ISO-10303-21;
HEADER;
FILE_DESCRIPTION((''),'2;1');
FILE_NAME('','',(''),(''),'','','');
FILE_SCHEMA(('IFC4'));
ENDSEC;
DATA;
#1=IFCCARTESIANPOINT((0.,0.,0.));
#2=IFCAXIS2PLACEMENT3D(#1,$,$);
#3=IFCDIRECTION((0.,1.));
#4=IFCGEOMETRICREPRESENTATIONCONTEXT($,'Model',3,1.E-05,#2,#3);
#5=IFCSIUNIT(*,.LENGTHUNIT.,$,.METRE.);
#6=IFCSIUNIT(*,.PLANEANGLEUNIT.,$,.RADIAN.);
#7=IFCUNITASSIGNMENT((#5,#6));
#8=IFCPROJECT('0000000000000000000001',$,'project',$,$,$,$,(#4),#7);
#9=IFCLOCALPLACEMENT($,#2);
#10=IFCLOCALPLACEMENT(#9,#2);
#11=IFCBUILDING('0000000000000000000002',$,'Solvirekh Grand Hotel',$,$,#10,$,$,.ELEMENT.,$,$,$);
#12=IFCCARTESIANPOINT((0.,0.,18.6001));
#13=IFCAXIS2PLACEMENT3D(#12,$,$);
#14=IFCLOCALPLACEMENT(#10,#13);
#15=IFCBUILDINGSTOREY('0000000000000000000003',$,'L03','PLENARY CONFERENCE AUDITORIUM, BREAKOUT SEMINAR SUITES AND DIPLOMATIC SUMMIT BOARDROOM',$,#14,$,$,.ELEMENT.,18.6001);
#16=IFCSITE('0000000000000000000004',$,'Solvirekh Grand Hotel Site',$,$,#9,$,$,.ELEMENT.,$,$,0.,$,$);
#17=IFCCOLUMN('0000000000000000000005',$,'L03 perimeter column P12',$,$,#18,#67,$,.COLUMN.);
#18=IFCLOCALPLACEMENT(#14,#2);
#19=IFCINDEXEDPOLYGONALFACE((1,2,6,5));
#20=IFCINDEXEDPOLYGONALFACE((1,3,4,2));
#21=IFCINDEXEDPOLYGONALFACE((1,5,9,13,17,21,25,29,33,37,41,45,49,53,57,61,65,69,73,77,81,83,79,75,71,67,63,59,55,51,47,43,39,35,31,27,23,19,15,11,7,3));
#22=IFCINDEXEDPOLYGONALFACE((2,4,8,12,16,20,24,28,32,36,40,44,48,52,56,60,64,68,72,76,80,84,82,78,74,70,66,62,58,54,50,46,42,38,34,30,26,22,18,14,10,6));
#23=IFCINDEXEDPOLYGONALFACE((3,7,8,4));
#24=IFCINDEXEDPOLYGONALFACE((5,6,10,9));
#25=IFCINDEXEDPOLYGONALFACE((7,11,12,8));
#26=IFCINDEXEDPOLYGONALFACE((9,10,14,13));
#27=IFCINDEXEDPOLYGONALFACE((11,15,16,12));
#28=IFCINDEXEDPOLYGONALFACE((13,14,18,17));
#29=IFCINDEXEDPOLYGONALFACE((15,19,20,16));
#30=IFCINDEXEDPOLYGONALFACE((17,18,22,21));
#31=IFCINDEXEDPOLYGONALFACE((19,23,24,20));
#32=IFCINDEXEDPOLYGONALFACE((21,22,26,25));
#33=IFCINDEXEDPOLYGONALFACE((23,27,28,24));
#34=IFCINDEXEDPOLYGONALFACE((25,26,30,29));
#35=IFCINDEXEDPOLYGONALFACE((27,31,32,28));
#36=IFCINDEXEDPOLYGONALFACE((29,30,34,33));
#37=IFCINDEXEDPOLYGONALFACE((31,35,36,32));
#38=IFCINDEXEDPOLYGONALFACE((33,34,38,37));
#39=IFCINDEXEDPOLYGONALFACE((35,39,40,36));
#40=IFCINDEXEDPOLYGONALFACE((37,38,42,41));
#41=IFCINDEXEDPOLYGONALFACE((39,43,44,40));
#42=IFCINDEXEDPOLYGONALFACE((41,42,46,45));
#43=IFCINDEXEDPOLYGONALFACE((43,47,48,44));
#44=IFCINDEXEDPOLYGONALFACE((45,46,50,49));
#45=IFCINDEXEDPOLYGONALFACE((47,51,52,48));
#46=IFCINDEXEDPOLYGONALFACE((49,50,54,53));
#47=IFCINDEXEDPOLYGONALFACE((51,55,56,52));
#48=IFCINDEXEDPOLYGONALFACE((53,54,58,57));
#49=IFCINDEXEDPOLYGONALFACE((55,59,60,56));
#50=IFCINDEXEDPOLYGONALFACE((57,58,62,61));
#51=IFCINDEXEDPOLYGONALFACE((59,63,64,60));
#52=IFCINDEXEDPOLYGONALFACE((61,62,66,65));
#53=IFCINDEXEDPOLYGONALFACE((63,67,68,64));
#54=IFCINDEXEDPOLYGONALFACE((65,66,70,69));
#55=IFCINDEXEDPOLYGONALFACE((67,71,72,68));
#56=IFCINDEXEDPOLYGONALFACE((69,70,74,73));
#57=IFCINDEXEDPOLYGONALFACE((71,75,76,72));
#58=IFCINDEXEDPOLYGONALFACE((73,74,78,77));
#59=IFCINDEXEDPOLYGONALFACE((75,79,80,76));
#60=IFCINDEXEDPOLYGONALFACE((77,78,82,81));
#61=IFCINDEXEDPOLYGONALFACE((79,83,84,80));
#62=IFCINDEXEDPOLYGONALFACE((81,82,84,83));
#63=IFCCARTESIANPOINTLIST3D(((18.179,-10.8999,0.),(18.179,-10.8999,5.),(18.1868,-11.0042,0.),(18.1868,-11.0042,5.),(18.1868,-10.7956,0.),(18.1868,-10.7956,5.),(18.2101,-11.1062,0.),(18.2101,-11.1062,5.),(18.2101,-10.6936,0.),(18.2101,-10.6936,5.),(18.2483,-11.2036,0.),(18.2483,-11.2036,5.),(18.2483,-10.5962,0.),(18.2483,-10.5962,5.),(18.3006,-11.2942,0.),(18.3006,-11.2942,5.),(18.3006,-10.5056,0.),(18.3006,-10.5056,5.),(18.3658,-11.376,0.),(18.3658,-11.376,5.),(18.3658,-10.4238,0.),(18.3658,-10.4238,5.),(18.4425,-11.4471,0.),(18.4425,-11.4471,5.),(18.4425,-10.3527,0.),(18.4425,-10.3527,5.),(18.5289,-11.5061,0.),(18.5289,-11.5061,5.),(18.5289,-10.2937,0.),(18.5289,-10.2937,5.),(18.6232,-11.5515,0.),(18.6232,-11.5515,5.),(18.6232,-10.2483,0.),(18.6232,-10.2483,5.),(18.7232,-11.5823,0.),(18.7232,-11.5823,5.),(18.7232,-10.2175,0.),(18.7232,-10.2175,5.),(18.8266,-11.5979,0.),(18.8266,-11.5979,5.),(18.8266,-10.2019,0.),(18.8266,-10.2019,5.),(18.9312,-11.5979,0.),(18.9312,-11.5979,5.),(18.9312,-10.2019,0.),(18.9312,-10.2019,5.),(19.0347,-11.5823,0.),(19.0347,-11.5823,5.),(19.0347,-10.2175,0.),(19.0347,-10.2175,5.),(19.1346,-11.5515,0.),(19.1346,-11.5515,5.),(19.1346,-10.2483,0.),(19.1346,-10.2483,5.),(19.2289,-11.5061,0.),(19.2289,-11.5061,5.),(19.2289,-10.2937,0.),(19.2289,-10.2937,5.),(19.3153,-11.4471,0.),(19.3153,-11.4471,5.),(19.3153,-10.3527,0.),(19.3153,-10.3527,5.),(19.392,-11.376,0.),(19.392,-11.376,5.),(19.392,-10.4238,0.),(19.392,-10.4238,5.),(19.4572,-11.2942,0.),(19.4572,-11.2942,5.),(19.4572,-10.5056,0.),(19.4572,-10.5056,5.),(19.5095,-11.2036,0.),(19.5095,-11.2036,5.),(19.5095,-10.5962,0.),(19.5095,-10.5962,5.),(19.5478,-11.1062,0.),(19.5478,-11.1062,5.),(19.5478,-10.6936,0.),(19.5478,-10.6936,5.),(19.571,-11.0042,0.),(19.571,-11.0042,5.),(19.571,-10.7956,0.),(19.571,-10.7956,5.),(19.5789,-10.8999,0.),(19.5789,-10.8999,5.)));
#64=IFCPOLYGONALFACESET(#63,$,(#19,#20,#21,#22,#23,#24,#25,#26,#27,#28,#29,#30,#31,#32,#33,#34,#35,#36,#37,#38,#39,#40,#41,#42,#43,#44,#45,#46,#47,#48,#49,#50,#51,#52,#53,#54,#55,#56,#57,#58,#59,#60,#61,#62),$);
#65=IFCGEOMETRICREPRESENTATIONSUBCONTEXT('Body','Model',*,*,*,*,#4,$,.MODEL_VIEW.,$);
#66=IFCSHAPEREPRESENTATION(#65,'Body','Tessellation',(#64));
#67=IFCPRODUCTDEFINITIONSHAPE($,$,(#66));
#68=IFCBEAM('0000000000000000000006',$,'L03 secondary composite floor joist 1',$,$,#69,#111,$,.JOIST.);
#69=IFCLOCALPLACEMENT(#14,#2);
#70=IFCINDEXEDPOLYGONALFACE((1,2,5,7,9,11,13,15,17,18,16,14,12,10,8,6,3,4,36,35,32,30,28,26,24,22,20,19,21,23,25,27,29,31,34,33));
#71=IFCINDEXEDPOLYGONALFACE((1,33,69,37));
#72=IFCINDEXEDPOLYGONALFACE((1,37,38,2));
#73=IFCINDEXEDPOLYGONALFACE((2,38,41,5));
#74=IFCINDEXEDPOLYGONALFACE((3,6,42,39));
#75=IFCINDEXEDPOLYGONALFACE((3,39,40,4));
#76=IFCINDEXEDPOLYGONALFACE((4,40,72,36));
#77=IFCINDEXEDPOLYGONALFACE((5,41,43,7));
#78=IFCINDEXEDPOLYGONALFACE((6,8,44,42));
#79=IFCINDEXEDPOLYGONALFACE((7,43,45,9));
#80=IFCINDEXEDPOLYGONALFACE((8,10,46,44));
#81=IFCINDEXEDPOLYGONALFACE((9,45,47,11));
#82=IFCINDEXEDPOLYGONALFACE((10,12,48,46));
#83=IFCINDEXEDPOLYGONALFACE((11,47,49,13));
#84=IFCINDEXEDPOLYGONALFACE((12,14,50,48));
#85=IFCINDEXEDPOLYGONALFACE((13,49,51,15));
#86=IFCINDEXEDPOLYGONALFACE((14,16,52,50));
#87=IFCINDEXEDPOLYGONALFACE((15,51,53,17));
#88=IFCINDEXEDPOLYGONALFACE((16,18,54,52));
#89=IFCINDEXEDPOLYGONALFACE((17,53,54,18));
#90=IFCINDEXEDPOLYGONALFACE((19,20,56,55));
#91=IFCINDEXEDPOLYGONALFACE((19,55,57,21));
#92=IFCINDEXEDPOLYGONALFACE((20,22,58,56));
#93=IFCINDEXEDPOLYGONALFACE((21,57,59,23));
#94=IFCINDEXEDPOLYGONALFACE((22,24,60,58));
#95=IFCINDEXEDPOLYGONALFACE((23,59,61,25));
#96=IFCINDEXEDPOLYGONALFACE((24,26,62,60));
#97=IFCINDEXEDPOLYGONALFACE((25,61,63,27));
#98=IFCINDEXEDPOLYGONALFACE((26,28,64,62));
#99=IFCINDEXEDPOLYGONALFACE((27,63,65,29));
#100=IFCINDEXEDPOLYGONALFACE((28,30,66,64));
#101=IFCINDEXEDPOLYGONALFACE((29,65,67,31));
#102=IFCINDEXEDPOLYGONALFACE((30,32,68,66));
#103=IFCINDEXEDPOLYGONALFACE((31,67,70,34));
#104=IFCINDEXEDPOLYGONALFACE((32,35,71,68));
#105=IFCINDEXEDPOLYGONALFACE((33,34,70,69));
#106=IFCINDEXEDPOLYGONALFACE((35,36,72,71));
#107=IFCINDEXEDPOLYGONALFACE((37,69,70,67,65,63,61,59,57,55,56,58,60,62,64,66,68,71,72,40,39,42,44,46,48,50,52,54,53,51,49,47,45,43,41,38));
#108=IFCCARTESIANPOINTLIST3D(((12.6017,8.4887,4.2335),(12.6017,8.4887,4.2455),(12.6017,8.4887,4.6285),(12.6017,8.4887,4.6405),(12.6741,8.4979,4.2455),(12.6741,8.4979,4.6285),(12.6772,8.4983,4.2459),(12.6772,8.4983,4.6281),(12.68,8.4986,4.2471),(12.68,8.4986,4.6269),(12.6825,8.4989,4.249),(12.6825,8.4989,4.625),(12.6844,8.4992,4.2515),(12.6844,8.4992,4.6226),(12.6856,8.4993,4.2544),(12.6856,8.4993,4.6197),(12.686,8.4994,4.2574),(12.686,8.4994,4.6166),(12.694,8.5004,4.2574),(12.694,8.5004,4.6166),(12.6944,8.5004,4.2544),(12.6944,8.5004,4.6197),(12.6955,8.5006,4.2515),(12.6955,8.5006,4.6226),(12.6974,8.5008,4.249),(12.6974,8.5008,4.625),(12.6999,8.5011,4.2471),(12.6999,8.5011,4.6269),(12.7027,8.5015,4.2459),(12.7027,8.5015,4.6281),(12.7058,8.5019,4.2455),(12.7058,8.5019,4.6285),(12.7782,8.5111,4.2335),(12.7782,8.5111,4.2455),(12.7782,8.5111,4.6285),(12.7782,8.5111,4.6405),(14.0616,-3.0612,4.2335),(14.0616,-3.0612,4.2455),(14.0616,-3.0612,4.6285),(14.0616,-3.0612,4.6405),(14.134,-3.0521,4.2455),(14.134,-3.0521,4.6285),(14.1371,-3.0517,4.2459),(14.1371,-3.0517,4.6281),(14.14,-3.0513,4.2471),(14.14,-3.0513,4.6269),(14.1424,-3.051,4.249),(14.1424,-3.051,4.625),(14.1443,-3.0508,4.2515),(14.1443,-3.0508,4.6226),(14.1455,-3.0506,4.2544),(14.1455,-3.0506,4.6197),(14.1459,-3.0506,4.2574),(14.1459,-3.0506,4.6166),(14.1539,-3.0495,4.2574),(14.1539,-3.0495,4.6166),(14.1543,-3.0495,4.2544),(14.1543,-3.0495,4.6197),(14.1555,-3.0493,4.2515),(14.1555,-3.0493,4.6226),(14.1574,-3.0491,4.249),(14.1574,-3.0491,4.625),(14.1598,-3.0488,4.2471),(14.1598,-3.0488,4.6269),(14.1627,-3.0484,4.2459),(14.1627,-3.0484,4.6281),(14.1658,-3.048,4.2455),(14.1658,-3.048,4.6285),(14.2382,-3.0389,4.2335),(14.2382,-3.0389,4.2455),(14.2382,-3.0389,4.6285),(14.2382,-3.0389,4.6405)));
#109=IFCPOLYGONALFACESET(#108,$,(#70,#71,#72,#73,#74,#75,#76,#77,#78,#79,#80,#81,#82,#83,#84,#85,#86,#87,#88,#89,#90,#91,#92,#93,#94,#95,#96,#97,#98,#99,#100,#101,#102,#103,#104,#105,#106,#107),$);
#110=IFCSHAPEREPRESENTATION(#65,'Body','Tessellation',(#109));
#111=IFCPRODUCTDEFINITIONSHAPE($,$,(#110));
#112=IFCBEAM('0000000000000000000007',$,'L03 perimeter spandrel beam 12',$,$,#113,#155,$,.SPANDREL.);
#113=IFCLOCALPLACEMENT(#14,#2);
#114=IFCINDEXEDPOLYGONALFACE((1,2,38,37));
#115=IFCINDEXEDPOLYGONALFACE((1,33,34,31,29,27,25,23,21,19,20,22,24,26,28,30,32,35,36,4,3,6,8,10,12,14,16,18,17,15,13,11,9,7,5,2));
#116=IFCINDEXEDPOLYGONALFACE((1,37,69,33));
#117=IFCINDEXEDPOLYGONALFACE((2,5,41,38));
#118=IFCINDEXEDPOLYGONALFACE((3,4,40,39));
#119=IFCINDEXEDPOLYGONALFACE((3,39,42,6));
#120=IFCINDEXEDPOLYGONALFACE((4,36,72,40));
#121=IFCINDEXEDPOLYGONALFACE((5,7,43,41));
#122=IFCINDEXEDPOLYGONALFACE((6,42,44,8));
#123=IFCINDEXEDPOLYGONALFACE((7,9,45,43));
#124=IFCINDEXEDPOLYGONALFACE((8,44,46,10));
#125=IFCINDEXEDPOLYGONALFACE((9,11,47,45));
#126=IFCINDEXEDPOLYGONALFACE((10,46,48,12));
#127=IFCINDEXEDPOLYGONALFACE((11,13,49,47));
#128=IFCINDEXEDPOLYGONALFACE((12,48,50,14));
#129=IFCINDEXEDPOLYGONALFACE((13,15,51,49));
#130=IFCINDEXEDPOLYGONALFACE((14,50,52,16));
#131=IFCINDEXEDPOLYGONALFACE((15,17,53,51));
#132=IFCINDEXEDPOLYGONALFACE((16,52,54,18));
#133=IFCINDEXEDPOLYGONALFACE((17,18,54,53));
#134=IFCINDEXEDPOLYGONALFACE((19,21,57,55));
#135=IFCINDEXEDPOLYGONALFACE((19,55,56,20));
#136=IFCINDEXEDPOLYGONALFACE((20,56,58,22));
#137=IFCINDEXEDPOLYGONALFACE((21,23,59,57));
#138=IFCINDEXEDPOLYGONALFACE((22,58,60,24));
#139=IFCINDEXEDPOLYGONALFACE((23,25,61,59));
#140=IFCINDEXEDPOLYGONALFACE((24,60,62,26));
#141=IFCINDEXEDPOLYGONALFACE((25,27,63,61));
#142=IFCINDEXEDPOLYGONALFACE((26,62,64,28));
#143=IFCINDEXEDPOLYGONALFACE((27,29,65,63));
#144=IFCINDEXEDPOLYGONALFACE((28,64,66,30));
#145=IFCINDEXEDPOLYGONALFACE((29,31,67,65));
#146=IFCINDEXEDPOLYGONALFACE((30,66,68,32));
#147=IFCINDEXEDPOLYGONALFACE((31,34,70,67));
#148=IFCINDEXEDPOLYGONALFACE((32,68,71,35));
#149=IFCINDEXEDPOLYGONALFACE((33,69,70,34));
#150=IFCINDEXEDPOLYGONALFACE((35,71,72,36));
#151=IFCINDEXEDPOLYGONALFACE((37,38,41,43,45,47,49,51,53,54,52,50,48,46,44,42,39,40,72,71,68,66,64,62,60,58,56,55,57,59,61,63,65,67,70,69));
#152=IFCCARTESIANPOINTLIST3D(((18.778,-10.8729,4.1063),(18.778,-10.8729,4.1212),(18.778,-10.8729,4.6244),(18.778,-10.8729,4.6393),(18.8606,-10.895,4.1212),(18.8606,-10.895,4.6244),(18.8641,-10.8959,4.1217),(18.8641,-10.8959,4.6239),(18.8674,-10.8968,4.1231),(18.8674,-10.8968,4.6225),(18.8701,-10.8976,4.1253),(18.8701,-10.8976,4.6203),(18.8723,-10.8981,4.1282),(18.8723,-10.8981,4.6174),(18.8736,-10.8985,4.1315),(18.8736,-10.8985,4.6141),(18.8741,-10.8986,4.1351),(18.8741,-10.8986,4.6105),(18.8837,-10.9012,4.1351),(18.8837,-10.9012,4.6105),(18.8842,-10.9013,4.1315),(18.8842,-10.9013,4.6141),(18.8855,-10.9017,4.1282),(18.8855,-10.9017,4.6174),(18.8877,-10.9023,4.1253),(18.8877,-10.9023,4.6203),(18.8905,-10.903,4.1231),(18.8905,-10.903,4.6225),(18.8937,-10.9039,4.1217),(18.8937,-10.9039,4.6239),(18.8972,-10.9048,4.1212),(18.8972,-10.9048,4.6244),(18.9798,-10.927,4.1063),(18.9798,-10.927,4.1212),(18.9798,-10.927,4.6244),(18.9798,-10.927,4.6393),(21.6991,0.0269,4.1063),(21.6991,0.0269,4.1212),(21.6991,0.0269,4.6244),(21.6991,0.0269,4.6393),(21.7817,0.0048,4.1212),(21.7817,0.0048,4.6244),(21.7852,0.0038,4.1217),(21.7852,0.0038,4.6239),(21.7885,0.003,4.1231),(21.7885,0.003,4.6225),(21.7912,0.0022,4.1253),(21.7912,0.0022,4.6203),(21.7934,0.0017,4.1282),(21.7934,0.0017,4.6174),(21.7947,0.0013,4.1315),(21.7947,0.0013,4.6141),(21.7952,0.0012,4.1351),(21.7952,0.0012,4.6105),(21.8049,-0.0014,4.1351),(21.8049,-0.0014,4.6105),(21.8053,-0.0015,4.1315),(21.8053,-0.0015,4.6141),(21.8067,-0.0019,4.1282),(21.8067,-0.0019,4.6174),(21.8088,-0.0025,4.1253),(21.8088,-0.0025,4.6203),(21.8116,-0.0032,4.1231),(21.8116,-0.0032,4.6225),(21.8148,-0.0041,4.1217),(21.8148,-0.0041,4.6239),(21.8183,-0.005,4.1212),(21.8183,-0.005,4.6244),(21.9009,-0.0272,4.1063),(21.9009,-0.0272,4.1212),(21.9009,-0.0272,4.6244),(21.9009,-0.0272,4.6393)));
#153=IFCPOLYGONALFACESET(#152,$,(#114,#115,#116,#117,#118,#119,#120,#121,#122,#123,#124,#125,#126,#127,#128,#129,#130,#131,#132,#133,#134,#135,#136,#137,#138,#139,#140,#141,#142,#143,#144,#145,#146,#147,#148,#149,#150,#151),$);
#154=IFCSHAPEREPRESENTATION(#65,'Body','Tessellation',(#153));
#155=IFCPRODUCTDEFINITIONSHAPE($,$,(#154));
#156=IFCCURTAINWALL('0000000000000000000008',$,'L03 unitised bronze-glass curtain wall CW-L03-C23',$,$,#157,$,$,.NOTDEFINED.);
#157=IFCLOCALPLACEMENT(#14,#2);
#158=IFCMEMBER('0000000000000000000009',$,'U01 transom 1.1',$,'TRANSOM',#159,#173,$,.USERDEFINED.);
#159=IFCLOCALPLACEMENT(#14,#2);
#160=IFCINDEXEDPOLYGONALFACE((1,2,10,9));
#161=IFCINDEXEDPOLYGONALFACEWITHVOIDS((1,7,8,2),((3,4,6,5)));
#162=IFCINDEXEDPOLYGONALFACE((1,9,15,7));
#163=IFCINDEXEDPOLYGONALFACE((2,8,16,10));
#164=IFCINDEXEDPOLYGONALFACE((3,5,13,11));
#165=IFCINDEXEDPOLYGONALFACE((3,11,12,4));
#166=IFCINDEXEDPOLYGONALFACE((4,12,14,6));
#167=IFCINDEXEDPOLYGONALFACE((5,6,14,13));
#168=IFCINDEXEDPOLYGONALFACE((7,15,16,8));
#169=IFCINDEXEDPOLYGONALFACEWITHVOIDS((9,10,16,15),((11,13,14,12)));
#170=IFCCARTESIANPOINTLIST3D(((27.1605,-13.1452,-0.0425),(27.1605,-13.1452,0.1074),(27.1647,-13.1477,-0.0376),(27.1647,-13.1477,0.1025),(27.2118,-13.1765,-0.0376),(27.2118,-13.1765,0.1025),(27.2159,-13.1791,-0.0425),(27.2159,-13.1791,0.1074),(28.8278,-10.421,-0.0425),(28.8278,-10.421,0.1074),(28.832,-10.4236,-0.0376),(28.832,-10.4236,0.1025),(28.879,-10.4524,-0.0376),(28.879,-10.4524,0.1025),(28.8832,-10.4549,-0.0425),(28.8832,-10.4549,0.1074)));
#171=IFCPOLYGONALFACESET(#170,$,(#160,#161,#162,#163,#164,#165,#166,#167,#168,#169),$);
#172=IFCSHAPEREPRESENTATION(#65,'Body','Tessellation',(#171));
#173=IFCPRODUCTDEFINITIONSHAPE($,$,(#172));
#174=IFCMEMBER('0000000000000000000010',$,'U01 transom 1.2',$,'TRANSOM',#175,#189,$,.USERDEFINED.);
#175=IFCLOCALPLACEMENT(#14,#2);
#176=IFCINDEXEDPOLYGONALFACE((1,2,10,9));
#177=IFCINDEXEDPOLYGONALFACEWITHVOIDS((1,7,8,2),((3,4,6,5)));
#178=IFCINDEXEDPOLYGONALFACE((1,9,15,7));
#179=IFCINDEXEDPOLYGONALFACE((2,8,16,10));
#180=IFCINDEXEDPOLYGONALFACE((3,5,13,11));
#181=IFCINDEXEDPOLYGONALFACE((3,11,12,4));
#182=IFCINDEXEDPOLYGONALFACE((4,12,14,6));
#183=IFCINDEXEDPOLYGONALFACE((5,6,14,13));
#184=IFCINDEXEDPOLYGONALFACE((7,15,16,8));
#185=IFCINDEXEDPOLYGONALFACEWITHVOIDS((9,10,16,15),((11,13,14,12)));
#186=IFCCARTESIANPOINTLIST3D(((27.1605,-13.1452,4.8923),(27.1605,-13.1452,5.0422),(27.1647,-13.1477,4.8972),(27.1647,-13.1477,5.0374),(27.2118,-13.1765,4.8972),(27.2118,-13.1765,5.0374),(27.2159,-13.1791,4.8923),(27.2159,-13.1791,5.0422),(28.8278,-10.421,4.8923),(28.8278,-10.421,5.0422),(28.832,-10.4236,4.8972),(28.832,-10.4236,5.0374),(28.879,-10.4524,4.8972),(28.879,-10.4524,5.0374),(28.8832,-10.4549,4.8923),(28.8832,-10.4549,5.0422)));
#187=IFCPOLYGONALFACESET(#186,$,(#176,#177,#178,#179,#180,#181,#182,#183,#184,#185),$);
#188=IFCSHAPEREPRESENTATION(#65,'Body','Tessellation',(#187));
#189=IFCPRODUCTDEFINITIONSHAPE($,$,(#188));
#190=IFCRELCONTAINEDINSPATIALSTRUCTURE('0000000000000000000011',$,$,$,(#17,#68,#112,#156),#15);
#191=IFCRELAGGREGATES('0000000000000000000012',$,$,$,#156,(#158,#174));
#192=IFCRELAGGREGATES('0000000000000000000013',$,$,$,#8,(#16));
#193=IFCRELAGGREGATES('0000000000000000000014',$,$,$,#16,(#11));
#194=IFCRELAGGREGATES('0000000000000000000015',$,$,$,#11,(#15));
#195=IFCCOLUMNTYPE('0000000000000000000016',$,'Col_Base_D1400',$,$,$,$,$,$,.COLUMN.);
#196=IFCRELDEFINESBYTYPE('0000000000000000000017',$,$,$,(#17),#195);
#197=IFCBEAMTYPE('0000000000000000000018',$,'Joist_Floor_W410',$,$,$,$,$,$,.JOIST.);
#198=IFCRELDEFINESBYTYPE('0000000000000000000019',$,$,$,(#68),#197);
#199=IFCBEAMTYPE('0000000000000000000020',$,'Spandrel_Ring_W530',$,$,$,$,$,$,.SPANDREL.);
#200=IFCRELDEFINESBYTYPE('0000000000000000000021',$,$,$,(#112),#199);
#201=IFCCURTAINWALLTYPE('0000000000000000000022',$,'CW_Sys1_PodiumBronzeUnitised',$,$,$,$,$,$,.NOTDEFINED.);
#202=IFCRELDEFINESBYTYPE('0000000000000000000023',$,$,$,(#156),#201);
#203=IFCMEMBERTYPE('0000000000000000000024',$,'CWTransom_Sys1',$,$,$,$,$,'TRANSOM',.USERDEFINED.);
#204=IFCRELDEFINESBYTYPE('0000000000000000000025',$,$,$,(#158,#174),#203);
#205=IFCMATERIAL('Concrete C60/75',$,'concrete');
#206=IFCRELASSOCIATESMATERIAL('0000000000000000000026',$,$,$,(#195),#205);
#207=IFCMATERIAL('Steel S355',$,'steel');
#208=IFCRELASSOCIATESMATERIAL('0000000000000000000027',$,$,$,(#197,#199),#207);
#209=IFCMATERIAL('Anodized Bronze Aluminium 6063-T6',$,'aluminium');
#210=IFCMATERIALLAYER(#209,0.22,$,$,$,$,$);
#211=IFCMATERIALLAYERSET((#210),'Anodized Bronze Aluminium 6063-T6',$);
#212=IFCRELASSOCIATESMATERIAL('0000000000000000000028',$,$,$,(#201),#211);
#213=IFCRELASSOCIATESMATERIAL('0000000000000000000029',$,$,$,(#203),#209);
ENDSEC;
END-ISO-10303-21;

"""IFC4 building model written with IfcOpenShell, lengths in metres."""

from ifc_helpers import new_model, si_unit, direction, frame, origin, origin_2d, place, context, subcontext, project, spatial, hollow_rectangle, circle, i_section, extrude, source, transform, mapped, material, layer, layer_set, material_profile, profile_set, type_object, element, aggregate, save


model = new_model("IFC4")

# Units and contexts
model_context = context("Model", 3, precision=1e-05, world=origin(), true_north=direction((0.0, 1.0)))
body_context = subcontext(model_context, "Body", "Model", "MODEL_VIEW")
ifc_project = project(units=[si_unit("LENGTHUNIT", "METRE"), si_unit("PLANEANGLEUNIT", "RADIAN")], contexts=[model_context])

# Site, building, storey
site_placement = place(None, origin())
site = spatial("IfcSite", under=ifc_project, at=site_placement, Name="Solvirekh Grand Hotel Site", CompositionType="ELEMENT", RefElevation=0.0)
building_placement = place(site_placement, origin())
building = spatial("IfcBuilding", under=site, at=building_placement, Name="Solvirekh Grand Hotel", CompositionType="ELEMENT")
storey_placement = place(building_placement, frame((0.0, 0.0, 18.6001)))
storey = spatial("IfcBuildingStorey", under=building, at=storey_placement, Name="L03", Description="PLENARY CONFERENCE AUDITORIUM, BREAKOUT SEMINAR SUITES AND DIPLOMATIC SUMMIT BOARDROOM", CompositionType="ELEMENT", Elevation=18.6001)

# Column
ifc_material_1 = material(Name="Concrete C60/75", Category="concrete")
ifc_material_profile_1 = material_profile(ifc_material_1, circle(Radius=0.7, at=origin_2d()), Name="RC CIRC D1400")
ifc_profile_set_1 = profile_set([ifc_material_profile_1], Name="Concrete C60/75")
column_type = type_object("IfcColumnType", Name="Col_Base_D1400", PredefinedType="COLUMN", material=ifc_profile_set_1)
column_placement = place(storey_placement, frame((18.8789, -10.8999, 0.0), z_axis=(0.0, 0.0, 1.0), x_axis=(1.0, 0.0, 0.0)))
element("IfcColumn", 1, at=column_placement, inside=storey, type_object=column_type, Name="L03 perimeter column P12", PredefinedType="COLUMN", context=body_context, shape_type="SweptSolid", body=[
    extrude(circle(Radius=0.7, at=origin_2d()), origin(), (0.0, 0.0, 1.0), 5.0),
])

# Beams
ifc_material_2 = material(Name="Steel S355", Category="steel")
ifc_material_profile_2 = material_profile(ifc_material_2, i_section(OverallWidth=0.178, OverallDepth=0.407, WebThickness=0.0081, FlangeThickness=0.012, FilletRadius=0.012, at=origin_2d()), Name="W410X60")
ifc_profile_set_2 = profile_set([ifc_material_profile_2], Name="Steel S355")
beam_type_1 = type_object("IfcBeamType", Name="Joist_Floor_W410", PredefinedType="JOIST", material=ifc_profile_set_2)
beam_1_placement = place(storey_placement, frame((14.1499, -3.05, 4.437), z_axis=(-0.125405, 0.992106, 0.0), x_axis=(-0.992106, -0.125405, 0.0)))
element("IfcBeam", 2, at=beam_1_placement, inside=storey, type_object=beam_type_1, Name="L03 secondary composite floor joist 1", PredefinedType="JOIST", context=body_context, shape_type="SweptSolid", body=[
    extrude(i_section(OverallWidth=0.178, OverallDepth=0.407, WebThickness=0.0081, FlangeThickness=0.012, FilletRadius=0.012, at=origin_2d()), origin(), (0.0, 0.0, 1.0), 11.6418),
])
ifc_material_profile_3 = material_profile(ifc_material_2, i_section(OverallWidth=0.209, OverallDepth=0.533, WebThickness=0.01, FlangeThickness=0.0149, FilletRadius=0.0139, at=origin_2d()), Name="W530X92")
ifc_profile_set_3 = profile_set([ifc_material_profile_3], Name="Steel S355")
beam_type_2 = type_object("IfcBeamType", Name="Spandrel_Ring_W530", PredefinedType="SPANDREL", material=ifc_profile_set_3)
beam_2_placement = place(storey_placement, frame((18.8789, -10.8999, 4.3728), z_axis=(0.258862, 0.965914, 0.0), x_axis=(-0.965914, 0.258862, 0.0)))
element("IfcBeam", 3, at=beam_2_placement, inside=storey, type_object=beam_type_2, Name="L03 perimeter spandrel beam 12", PredefinedType="SPANDREL", context=body_context, shape_type="SweptSolid", body=[
    extrude(i_section(OverallWidth=0.209, OverallDepth=0.533, WebThickness=0.01, FlangeThickness=0.0149, FilletRadius=0.0139, at=origin_2d()), origin(), (0.0, 0.0, 1.0), 11.2844),
])

# Curtain wall, members
ifc_material_3 = material(Name="Anodized Bronze Aluminium 6063-T6", Category="aluminium")
ifc_layer_1 = layer(ifc_material_3, 0.22)
ifc_layer_set_1 = layer_set([ifc_layer_1], Name="Anodized Bronze Aluminium 6063-T6")
curtain_wall_type = type_object("IfcCurtainWallType", Name="CW_Sys1_PodiumBronzeUnitised", PredefinedType="NOTDEFINED", material=ifc_layer_set_1)
curtain_wall_1_placement = place(storey_placement, origin())
curtain_wall_1 = element("IfcCurtainWall", 4, at=curtain_wall_1_placement, inside=storey, type_object=curtain_wall_type, Name="L03 unitised bronze-glass curtain wall CW-L03-C23", PredefinedType="NOTDEFINED")
ifc_material_profile_4 = material_profile(ifc_material_3, hollow_rectangle(XDim=0.0649, YDim=0.1499, WallThickness=0.0049, at=origin_2d()), Name="ALU RHS 150X65X5")
ifc_profile_set_4 = profile_set([ifc_material_profile_4], Name="Anodized Bronze Aluminium 6063-T6")
member_type_1 = type_object("IfcMemberType", Name="CWTransom_Sys1", ElementType="TRANSOM", PredefinedType="USERDEFINED", material=ifc_profile_set_4)
shared_shape_1 = source(origin(), body_context, "Body", "SweptSolid", [
    extrude(hollow_rectangle(XDim=0.0649, YDim=0.1499, WallThickness=0.0049, at=origin_2d()), origin(), (0.0, 0.0, 1.0), 3.1938),
])
member_1_placement = place(storey_placement, frame((27.1882, -13.1621, 0.0325), z_axis=(0.522019, 0.852934, 0.0), x_axis=(-0.852934, 0.522019, 0.0)))
member_1 = element("IfcMember", 5, at=member_1_placement, type_object=member_type_1, Name="U01 transom 1.1", ObjectType="TRANSOM", PredefinedType="USERDEFINED", context=body_context, shape_type="MappedRepresentation", body=[
    mapped(shared_shape_1, transform((0.0, 0.0, 0.0), x_axis=(1.0, 0.0, 0.0), y_axis=(0.0, 1.0, 0.0), z_axis=(0.0, 0.0, 1.0), scale=1.0)),
])
member_2_placement = place(storey_placement, frame((27.1882, -13.1621, 4.9673), z_axis=(0.522019, 0.852934, 0.0), x_axis=(-0.852934, 0.522019, 0.0)))
member_2 = element("IfcMember", 6, at=member_2_placement, type_object=member_type_1, Name="U01 transom 1.2", ObjectType="TRANSOM", PredefinedType="USERDEFINED", context=body_context, shape_type="MappedRepresentation", body=[
    mapped(shared_shape_1, transform((0.0, 0.0, 0.0), x_axis=(1.0, 0.0, 0.0), y_axis=(0.0, 1.0, 0.0), z_axis=(0.0, 0.0, 1.0), scale=1.0)),
])

aggregate(curtain_wall_1, [member_1, member_2])

save(model, "model.ifc")
